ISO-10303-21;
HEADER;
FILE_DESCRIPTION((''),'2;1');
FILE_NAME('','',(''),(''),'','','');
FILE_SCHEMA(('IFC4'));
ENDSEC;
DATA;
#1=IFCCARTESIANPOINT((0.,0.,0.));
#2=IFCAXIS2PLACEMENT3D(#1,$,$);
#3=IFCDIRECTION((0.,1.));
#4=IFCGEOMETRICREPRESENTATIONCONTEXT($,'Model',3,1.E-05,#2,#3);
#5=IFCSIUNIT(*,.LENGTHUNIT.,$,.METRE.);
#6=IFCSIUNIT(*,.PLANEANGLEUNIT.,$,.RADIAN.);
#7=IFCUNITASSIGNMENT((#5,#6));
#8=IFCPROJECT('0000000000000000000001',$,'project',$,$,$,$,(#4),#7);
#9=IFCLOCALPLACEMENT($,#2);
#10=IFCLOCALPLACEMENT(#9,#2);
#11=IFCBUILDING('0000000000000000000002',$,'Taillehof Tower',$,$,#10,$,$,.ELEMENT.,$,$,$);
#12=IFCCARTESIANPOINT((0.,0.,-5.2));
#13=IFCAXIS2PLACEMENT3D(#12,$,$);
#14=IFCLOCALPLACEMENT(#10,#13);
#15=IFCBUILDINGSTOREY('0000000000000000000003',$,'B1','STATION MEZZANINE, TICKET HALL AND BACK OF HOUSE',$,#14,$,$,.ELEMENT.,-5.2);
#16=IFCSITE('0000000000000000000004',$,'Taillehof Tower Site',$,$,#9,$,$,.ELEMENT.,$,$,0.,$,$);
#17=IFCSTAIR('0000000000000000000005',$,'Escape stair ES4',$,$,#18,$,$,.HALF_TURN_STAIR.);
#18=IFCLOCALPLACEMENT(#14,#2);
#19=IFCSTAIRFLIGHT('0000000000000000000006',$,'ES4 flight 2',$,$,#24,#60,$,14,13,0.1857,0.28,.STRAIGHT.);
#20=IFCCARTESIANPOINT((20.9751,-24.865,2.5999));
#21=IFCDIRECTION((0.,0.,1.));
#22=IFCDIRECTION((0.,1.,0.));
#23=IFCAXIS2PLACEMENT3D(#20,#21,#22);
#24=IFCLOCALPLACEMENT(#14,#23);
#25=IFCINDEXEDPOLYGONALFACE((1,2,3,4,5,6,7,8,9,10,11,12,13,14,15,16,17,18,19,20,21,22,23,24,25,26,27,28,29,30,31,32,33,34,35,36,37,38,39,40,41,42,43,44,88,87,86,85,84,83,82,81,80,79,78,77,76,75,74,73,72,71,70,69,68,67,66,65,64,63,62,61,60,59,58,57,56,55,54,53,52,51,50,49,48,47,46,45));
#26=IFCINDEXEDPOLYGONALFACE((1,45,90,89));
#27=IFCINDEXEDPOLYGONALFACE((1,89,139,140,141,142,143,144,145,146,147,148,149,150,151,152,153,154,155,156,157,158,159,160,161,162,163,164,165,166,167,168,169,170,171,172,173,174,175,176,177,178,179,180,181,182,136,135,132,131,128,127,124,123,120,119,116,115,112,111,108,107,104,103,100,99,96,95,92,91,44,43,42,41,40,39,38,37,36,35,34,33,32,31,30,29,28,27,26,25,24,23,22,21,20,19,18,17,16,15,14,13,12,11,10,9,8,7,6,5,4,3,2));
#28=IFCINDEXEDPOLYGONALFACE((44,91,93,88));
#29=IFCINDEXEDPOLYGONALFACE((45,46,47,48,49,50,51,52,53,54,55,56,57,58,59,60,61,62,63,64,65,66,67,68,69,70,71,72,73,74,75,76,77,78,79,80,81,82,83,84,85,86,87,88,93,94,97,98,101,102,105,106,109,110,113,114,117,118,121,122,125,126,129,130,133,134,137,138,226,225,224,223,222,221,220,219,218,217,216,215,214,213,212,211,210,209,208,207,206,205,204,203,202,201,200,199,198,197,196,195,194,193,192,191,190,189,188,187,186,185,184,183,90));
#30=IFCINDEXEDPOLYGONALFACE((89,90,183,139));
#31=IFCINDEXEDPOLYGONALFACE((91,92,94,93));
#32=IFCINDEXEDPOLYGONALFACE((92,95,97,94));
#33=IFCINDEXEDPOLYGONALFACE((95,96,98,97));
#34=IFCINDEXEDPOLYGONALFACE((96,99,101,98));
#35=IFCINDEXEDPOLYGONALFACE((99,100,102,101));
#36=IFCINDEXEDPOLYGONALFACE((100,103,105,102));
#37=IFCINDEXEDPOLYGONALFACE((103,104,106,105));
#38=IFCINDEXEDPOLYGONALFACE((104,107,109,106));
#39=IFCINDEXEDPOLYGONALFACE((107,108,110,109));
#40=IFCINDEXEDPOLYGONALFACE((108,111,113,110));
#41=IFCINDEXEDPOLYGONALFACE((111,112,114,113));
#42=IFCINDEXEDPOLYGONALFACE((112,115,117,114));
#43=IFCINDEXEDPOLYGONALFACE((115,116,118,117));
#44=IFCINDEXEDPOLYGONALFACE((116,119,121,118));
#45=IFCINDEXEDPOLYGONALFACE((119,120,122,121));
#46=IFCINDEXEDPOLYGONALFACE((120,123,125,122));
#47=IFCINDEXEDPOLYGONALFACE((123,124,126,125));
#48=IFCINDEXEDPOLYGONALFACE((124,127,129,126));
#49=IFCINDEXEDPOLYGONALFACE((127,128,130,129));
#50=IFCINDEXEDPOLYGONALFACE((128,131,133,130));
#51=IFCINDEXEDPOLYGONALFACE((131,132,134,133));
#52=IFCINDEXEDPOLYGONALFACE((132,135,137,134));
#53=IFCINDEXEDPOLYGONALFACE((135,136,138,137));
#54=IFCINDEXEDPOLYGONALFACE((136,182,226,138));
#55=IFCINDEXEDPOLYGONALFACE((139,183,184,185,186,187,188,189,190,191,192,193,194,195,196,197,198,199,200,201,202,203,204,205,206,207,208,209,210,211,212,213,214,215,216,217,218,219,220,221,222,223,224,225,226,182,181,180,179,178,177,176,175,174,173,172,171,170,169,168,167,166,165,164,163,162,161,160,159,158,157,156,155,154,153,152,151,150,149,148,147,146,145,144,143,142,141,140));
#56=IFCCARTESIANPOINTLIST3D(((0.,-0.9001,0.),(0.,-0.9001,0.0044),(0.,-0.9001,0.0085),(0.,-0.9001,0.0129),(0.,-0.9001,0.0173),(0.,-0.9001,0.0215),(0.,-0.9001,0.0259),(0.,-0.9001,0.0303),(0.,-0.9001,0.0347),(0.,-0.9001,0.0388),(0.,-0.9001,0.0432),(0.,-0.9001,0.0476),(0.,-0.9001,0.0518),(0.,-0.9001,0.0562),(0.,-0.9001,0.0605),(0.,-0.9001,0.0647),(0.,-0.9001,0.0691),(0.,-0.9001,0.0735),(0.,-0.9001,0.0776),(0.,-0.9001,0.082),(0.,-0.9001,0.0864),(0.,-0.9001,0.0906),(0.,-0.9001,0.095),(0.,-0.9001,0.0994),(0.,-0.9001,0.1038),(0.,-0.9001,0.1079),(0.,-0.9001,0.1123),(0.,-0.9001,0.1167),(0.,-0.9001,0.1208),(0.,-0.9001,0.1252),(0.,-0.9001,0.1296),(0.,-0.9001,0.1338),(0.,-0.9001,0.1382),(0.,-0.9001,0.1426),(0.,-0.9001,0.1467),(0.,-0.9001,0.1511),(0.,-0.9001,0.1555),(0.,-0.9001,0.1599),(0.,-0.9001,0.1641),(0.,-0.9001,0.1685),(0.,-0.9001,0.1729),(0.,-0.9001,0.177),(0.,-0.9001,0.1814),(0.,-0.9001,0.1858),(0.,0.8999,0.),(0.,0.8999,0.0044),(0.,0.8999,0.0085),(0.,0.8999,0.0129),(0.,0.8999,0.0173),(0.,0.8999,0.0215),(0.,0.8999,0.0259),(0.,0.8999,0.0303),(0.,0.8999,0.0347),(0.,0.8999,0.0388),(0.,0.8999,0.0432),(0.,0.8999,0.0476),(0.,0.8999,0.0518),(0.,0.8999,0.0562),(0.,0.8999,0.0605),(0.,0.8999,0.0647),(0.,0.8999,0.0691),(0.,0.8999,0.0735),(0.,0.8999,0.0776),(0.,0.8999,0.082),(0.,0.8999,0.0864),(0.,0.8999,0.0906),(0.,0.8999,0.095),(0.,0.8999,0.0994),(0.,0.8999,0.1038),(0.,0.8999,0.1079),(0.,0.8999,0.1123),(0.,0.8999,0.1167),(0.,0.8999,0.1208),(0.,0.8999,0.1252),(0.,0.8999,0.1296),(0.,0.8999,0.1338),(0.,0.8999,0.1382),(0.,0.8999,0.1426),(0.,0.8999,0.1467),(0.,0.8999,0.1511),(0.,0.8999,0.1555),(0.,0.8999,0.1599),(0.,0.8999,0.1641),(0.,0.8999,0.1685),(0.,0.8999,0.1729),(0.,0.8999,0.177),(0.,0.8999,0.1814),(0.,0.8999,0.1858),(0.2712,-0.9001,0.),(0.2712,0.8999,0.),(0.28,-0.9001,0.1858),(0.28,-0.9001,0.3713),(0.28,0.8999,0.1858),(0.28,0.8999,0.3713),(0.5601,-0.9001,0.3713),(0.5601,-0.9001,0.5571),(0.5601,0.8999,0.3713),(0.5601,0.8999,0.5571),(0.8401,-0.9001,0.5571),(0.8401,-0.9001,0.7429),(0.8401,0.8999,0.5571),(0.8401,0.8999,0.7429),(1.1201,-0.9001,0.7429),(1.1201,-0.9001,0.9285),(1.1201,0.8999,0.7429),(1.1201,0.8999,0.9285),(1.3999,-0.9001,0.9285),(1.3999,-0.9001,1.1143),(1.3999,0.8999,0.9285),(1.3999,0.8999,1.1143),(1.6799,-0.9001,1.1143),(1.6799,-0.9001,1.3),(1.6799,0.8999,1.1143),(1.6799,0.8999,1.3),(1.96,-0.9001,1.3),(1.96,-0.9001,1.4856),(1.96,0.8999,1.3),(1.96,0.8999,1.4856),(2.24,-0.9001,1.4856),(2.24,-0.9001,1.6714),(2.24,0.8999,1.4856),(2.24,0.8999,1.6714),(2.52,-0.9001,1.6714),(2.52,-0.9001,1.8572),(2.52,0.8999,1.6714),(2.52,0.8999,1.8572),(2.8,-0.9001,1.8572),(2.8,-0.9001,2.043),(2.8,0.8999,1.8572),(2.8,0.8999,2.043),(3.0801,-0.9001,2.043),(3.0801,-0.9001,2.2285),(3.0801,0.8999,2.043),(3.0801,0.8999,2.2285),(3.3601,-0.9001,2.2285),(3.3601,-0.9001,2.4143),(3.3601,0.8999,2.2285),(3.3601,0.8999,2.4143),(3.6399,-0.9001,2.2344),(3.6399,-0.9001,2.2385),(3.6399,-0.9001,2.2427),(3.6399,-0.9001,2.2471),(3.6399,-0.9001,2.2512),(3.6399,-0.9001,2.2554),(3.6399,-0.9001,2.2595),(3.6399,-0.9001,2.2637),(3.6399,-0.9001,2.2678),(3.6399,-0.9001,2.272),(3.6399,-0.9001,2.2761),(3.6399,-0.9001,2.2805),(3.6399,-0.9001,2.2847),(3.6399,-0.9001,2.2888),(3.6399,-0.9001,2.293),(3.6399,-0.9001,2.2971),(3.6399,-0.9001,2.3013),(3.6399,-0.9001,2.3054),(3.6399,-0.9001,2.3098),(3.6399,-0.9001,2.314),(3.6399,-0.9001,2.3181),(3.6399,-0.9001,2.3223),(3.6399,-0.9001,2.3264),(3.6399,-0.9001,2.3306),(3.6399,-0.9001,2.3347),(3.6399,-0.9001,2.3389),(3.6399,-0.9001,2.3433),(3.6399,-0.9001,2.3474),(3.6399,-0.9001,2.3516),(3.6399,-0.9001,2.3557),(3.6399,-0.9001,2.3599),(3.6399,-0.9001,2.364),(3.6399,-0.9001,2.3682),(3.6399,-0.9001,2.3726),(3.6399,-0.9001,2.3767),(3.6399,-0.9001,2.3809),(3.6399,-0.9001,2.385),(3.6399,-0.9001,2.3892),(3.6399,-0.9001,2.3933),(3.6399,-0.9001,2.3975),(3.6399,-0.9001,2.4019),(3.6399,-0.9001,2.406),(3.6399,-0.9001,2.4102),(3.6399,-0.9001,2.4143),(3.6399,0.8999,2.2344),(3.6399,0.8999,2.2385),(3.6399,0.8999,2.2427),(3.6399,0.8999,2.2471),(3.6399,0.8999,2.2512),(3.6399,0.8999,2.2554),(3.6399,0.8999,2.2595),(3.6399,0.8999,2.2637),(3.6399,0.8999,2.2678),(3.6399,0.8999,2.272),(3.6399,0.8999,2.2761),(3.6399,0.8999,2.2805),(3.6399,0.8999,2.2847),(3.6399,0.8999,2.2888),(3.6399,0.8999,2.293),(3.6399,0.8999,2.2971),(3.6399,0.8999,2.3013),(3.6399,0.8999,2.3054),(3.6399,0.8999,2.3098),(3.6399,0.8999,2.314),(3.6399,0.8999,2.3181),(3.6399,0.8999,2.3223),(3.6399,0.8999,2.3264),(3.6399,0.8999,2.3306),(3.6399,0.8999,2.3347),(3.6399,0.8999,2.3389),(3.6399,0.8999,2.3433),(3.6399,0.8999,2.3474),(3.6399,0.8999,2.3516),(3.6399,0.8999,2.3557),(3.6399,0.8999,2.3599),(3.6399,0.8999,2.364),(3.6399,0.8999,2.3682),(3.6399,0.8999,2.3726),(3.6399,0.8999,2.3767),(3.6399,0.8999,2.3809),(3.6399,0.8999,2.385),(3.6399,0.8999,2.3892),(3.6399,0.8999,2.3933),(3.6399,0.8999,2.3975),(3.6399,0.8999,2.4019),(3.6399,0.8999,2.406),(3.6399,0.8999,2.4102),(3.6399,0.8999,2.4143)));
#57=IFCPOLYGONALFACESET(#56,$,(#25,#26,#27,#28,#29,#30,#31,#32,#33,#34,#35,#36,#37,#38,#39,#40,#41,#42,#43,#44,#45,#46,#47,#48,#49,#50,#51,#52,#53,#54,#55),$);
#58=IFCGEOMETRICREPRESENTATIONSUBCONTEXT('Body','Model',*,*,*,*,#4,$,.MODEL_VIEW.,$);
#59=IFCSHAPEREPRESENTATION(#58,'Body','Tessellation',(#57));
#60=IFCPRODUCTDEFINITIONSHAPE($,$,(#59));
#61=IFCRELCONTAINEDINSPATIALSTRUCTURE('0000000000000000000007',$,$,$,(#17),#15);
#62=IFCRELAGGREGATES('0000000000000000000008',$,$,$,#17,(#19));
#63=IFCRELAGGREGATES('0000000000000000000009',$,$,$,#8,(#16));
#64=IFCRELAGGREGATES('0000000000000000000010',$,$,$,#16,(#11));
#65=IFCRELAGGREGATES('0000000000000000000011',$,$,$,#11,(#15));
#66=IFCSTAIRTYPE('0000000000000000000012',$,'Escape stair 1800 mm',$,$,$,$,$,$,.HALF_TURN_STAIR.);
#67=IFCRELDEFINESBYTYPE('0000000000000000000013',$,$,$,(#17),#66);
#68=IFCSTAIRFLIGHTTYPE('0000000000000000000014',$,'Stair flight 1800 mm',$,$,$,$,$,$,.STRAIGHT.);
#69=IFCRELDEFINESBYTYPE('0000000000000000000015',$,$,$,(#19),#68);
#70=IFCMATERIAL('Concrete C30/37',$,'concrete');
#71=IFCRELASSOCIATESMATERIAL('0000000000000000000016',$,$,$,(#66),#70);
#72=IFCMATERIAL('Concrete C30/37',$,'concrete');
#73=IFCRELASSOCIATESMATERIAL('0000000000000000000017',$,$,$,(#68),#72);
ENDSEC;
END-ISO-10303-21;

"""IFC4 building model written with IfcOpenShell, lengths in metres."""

from ifc_helpers import new_model, si_unit, direction, frame, origin, place, context, subcontext, project, spatial, polyline, outline, extrude, material, type_object, element, aggregate, save


model = new_model("IFC4")

# Units and contexts
model_context = context("Model", 3, precision=1e-05, world=origin(), true_north=direction((0.0, 1.0)))
body_context = subcontext(model_context, "Body", "Model", "MODEL_VIEW")
ifc_project = project(units=[si_unit("LENGTHUNIT", "METRE"), si_unit("PLANEANGLEUNIT", "RADIAN")], contexts=[model_context])

# Site, building, storey
site_placement = place(None, origin())
site = spatial("IfcSite", under=ifc_project, at=site_placement, Name="Taillehof Tower Site", CompositionType="ELEMENT", RefElevation=0.0)
building_placement = place(site_placement, origin())
building = spatial("IfcBuilding", under=site, at=building_placement, Name="Taillehof Tower", CompositionType="ELEMENT")
storey_placement = place(building_placement, frame((0.0, 0.0, -5.2)))
storey = spatial("IfcBuildingStorey", under=building, at=storey_placement, Name="B1", Description="STATION MEZZANINE, TICKET HALL AND BACK OF HOUSE", CompositionType="ELEMENT", Elevation=-5.2)

# Stair, stair flight
ifc_material_1 = material(Name="Concrete C30/37", Category="concrete")
stair_type = type_object("IfcStairType", Name="Escape stair 1800 mm", PredefinedType="HALF_TURN_STAIR", material=ifc_material_1)
stair_placement = place(storey_placement, origin())
stair = element("IfcStair", 1, at=stair_placement, inside=storey, type_object=stair_type, Name="Escape stair ES4", PredefinedType="HALF_TURN_STAIR")
ifc_material_2 = material(Name="Concrete C30/37", Category="concrete")
stair_flight_type = type_object("IfcStairFlightType", Name="Stair flight 1800 mm", PredefinedType="STRAIGHT", material=ifc_material_2)
stair_flight_1_placement = place(storey_placement, frame((20.9751, -24.865, 2.5999), z_axis=(0.0, 0.0, 1.0), x_axis=(0.0, 1.0, 0.0)))
stair_flight_1 = element("IfcStairFlight", 2, at=stair_flight_1_placement, type_object=stair_flight_type, Name="ES4 flight 2", NumberOfRisers=14, NumberOfTreads=13, PredefinedType="STRAIGHT", RiserHeight=0.1857, TreadLength=0.28, context=body_context, shape_type="SweptSolid", body=[
    extrude(outline(polyline([(0.0, 0.0), (0.0, 0.0044), (0.0, 0.0085), (0.0, 0.0129), (0.0, 0.0173), (0.0, 0.0215), (0.0, 0.0259), (0.0, 0.0303), (0.0, 0.0347), (0.0, 0.0388), (0.0, 0.0432), (0.0, 0.0476), (0.0, 0.0518), (0.0, 0.0562), (0.0, 0.0605), (0.0, 0.0647), (0.0, 0.0691), (0.0, 0.0735), (0.0, 0.0776), (0.0, 0.082), (0.0, 0.0864), (0.0, 0.0906), (0.0, 0.095), (0.0, 0.0994), (0.0, 0.1038), (0.0, 0.1079), (0.0, 0.1123), (0.0, 0.1167), (0.0, 0.1208), (0.0, 0.1252), (0.0, 0.1296), (0.0, 0.1338), (0.0, 0.1382), (0.0, 0.1426), (0.0, 0.1467), (0.0, 0.1511), (0.0, 0.1555), (0.0, 0.1599), (0.0, 0.1641), (0.0, 0.1685), (0.0, 0.1729), (0.0, 0.177), (0.0, 0.1814), (0.0, 0.1858), (0.28, 0.1858), (0.28, 0.3713), (0.5601, 0.3713), (0.5601, 0.5571), (0.8401, 0.5571), (0.8401, 0.7429), (1.1201, 0.7429), (1.1201, 0.9285), (1.3999, 0.9285), (1.3999, 1.1143), (1.6799, 1.1143), (1.6799, 1.3), (1.96, 1.3), (1.96, 1.4856), (2.24, 1.4856), (2.24, 1.6714), (2.52, 1.6714), (2.52, 1.8572), (2.8, 1.8572), (2.8, 2.043), (3.0801, 2.043), (3.0801, 2.2285), (3.3601, 2.2285), (3.3601, 2.4143), (3.6399, 2.4143), (3.6399, 2.4102), (3.6399, 2.406), (3.6399, 2.4019), (3.6399, 2.3975), (3.6399, 2.3933), (3.6399, 2.3892), (3.6399, 2.385), (3.6399, 2.3809), (3.6399, 2.3767), (3.6399, 2.3726), (3.6399, 2.3682), (3.6399, 2.364), (3.6399, 2.3599), (3.6399, 2.3557), (3.6399, 2.3516), (3.6399, 2.3474), (3.6399, 2.3433), (3.6399, 2.3389), (3.6399, 2.3347), (3.6399, 2.3306), (3.6399, 2.3264), (3.6399, 2.3223), (3.6399, 2.3181), (3.6399, 2.314), (3.6399, 2.3098), (3.6399, 2.3054), (3.6399, 2.3013), (3.6399, 2.2971), (3.6399, 2.293), (3.6399, 2.2888), (3.6399, 2.2847), (3.6399, 2.2805), (3.6399, 2.2761), (3.6399, 2.272), (3.6399, 2.2678), (3.6399, 2.2637), (3.6399, 2.2595), (3.6399, 2.2554), (3.6399, 2.2512), (3.6399, 2.2471), (3.6399, 2.2427), (3.6399, 2.2385), (3.6399, 2.2344), (0.2712, 0.0), (0.0, 0.0)])), frame((0.0, 0.8999, 0.0), z_axis=(0.0, -1.0, 0.0), x_axis=(1.0, 0.0, 0.0)), (0.0, 0.0, 1.0), 1.8),
])
aggregate(stair, [stair_flight_1])

save(model, "model.ifc")
